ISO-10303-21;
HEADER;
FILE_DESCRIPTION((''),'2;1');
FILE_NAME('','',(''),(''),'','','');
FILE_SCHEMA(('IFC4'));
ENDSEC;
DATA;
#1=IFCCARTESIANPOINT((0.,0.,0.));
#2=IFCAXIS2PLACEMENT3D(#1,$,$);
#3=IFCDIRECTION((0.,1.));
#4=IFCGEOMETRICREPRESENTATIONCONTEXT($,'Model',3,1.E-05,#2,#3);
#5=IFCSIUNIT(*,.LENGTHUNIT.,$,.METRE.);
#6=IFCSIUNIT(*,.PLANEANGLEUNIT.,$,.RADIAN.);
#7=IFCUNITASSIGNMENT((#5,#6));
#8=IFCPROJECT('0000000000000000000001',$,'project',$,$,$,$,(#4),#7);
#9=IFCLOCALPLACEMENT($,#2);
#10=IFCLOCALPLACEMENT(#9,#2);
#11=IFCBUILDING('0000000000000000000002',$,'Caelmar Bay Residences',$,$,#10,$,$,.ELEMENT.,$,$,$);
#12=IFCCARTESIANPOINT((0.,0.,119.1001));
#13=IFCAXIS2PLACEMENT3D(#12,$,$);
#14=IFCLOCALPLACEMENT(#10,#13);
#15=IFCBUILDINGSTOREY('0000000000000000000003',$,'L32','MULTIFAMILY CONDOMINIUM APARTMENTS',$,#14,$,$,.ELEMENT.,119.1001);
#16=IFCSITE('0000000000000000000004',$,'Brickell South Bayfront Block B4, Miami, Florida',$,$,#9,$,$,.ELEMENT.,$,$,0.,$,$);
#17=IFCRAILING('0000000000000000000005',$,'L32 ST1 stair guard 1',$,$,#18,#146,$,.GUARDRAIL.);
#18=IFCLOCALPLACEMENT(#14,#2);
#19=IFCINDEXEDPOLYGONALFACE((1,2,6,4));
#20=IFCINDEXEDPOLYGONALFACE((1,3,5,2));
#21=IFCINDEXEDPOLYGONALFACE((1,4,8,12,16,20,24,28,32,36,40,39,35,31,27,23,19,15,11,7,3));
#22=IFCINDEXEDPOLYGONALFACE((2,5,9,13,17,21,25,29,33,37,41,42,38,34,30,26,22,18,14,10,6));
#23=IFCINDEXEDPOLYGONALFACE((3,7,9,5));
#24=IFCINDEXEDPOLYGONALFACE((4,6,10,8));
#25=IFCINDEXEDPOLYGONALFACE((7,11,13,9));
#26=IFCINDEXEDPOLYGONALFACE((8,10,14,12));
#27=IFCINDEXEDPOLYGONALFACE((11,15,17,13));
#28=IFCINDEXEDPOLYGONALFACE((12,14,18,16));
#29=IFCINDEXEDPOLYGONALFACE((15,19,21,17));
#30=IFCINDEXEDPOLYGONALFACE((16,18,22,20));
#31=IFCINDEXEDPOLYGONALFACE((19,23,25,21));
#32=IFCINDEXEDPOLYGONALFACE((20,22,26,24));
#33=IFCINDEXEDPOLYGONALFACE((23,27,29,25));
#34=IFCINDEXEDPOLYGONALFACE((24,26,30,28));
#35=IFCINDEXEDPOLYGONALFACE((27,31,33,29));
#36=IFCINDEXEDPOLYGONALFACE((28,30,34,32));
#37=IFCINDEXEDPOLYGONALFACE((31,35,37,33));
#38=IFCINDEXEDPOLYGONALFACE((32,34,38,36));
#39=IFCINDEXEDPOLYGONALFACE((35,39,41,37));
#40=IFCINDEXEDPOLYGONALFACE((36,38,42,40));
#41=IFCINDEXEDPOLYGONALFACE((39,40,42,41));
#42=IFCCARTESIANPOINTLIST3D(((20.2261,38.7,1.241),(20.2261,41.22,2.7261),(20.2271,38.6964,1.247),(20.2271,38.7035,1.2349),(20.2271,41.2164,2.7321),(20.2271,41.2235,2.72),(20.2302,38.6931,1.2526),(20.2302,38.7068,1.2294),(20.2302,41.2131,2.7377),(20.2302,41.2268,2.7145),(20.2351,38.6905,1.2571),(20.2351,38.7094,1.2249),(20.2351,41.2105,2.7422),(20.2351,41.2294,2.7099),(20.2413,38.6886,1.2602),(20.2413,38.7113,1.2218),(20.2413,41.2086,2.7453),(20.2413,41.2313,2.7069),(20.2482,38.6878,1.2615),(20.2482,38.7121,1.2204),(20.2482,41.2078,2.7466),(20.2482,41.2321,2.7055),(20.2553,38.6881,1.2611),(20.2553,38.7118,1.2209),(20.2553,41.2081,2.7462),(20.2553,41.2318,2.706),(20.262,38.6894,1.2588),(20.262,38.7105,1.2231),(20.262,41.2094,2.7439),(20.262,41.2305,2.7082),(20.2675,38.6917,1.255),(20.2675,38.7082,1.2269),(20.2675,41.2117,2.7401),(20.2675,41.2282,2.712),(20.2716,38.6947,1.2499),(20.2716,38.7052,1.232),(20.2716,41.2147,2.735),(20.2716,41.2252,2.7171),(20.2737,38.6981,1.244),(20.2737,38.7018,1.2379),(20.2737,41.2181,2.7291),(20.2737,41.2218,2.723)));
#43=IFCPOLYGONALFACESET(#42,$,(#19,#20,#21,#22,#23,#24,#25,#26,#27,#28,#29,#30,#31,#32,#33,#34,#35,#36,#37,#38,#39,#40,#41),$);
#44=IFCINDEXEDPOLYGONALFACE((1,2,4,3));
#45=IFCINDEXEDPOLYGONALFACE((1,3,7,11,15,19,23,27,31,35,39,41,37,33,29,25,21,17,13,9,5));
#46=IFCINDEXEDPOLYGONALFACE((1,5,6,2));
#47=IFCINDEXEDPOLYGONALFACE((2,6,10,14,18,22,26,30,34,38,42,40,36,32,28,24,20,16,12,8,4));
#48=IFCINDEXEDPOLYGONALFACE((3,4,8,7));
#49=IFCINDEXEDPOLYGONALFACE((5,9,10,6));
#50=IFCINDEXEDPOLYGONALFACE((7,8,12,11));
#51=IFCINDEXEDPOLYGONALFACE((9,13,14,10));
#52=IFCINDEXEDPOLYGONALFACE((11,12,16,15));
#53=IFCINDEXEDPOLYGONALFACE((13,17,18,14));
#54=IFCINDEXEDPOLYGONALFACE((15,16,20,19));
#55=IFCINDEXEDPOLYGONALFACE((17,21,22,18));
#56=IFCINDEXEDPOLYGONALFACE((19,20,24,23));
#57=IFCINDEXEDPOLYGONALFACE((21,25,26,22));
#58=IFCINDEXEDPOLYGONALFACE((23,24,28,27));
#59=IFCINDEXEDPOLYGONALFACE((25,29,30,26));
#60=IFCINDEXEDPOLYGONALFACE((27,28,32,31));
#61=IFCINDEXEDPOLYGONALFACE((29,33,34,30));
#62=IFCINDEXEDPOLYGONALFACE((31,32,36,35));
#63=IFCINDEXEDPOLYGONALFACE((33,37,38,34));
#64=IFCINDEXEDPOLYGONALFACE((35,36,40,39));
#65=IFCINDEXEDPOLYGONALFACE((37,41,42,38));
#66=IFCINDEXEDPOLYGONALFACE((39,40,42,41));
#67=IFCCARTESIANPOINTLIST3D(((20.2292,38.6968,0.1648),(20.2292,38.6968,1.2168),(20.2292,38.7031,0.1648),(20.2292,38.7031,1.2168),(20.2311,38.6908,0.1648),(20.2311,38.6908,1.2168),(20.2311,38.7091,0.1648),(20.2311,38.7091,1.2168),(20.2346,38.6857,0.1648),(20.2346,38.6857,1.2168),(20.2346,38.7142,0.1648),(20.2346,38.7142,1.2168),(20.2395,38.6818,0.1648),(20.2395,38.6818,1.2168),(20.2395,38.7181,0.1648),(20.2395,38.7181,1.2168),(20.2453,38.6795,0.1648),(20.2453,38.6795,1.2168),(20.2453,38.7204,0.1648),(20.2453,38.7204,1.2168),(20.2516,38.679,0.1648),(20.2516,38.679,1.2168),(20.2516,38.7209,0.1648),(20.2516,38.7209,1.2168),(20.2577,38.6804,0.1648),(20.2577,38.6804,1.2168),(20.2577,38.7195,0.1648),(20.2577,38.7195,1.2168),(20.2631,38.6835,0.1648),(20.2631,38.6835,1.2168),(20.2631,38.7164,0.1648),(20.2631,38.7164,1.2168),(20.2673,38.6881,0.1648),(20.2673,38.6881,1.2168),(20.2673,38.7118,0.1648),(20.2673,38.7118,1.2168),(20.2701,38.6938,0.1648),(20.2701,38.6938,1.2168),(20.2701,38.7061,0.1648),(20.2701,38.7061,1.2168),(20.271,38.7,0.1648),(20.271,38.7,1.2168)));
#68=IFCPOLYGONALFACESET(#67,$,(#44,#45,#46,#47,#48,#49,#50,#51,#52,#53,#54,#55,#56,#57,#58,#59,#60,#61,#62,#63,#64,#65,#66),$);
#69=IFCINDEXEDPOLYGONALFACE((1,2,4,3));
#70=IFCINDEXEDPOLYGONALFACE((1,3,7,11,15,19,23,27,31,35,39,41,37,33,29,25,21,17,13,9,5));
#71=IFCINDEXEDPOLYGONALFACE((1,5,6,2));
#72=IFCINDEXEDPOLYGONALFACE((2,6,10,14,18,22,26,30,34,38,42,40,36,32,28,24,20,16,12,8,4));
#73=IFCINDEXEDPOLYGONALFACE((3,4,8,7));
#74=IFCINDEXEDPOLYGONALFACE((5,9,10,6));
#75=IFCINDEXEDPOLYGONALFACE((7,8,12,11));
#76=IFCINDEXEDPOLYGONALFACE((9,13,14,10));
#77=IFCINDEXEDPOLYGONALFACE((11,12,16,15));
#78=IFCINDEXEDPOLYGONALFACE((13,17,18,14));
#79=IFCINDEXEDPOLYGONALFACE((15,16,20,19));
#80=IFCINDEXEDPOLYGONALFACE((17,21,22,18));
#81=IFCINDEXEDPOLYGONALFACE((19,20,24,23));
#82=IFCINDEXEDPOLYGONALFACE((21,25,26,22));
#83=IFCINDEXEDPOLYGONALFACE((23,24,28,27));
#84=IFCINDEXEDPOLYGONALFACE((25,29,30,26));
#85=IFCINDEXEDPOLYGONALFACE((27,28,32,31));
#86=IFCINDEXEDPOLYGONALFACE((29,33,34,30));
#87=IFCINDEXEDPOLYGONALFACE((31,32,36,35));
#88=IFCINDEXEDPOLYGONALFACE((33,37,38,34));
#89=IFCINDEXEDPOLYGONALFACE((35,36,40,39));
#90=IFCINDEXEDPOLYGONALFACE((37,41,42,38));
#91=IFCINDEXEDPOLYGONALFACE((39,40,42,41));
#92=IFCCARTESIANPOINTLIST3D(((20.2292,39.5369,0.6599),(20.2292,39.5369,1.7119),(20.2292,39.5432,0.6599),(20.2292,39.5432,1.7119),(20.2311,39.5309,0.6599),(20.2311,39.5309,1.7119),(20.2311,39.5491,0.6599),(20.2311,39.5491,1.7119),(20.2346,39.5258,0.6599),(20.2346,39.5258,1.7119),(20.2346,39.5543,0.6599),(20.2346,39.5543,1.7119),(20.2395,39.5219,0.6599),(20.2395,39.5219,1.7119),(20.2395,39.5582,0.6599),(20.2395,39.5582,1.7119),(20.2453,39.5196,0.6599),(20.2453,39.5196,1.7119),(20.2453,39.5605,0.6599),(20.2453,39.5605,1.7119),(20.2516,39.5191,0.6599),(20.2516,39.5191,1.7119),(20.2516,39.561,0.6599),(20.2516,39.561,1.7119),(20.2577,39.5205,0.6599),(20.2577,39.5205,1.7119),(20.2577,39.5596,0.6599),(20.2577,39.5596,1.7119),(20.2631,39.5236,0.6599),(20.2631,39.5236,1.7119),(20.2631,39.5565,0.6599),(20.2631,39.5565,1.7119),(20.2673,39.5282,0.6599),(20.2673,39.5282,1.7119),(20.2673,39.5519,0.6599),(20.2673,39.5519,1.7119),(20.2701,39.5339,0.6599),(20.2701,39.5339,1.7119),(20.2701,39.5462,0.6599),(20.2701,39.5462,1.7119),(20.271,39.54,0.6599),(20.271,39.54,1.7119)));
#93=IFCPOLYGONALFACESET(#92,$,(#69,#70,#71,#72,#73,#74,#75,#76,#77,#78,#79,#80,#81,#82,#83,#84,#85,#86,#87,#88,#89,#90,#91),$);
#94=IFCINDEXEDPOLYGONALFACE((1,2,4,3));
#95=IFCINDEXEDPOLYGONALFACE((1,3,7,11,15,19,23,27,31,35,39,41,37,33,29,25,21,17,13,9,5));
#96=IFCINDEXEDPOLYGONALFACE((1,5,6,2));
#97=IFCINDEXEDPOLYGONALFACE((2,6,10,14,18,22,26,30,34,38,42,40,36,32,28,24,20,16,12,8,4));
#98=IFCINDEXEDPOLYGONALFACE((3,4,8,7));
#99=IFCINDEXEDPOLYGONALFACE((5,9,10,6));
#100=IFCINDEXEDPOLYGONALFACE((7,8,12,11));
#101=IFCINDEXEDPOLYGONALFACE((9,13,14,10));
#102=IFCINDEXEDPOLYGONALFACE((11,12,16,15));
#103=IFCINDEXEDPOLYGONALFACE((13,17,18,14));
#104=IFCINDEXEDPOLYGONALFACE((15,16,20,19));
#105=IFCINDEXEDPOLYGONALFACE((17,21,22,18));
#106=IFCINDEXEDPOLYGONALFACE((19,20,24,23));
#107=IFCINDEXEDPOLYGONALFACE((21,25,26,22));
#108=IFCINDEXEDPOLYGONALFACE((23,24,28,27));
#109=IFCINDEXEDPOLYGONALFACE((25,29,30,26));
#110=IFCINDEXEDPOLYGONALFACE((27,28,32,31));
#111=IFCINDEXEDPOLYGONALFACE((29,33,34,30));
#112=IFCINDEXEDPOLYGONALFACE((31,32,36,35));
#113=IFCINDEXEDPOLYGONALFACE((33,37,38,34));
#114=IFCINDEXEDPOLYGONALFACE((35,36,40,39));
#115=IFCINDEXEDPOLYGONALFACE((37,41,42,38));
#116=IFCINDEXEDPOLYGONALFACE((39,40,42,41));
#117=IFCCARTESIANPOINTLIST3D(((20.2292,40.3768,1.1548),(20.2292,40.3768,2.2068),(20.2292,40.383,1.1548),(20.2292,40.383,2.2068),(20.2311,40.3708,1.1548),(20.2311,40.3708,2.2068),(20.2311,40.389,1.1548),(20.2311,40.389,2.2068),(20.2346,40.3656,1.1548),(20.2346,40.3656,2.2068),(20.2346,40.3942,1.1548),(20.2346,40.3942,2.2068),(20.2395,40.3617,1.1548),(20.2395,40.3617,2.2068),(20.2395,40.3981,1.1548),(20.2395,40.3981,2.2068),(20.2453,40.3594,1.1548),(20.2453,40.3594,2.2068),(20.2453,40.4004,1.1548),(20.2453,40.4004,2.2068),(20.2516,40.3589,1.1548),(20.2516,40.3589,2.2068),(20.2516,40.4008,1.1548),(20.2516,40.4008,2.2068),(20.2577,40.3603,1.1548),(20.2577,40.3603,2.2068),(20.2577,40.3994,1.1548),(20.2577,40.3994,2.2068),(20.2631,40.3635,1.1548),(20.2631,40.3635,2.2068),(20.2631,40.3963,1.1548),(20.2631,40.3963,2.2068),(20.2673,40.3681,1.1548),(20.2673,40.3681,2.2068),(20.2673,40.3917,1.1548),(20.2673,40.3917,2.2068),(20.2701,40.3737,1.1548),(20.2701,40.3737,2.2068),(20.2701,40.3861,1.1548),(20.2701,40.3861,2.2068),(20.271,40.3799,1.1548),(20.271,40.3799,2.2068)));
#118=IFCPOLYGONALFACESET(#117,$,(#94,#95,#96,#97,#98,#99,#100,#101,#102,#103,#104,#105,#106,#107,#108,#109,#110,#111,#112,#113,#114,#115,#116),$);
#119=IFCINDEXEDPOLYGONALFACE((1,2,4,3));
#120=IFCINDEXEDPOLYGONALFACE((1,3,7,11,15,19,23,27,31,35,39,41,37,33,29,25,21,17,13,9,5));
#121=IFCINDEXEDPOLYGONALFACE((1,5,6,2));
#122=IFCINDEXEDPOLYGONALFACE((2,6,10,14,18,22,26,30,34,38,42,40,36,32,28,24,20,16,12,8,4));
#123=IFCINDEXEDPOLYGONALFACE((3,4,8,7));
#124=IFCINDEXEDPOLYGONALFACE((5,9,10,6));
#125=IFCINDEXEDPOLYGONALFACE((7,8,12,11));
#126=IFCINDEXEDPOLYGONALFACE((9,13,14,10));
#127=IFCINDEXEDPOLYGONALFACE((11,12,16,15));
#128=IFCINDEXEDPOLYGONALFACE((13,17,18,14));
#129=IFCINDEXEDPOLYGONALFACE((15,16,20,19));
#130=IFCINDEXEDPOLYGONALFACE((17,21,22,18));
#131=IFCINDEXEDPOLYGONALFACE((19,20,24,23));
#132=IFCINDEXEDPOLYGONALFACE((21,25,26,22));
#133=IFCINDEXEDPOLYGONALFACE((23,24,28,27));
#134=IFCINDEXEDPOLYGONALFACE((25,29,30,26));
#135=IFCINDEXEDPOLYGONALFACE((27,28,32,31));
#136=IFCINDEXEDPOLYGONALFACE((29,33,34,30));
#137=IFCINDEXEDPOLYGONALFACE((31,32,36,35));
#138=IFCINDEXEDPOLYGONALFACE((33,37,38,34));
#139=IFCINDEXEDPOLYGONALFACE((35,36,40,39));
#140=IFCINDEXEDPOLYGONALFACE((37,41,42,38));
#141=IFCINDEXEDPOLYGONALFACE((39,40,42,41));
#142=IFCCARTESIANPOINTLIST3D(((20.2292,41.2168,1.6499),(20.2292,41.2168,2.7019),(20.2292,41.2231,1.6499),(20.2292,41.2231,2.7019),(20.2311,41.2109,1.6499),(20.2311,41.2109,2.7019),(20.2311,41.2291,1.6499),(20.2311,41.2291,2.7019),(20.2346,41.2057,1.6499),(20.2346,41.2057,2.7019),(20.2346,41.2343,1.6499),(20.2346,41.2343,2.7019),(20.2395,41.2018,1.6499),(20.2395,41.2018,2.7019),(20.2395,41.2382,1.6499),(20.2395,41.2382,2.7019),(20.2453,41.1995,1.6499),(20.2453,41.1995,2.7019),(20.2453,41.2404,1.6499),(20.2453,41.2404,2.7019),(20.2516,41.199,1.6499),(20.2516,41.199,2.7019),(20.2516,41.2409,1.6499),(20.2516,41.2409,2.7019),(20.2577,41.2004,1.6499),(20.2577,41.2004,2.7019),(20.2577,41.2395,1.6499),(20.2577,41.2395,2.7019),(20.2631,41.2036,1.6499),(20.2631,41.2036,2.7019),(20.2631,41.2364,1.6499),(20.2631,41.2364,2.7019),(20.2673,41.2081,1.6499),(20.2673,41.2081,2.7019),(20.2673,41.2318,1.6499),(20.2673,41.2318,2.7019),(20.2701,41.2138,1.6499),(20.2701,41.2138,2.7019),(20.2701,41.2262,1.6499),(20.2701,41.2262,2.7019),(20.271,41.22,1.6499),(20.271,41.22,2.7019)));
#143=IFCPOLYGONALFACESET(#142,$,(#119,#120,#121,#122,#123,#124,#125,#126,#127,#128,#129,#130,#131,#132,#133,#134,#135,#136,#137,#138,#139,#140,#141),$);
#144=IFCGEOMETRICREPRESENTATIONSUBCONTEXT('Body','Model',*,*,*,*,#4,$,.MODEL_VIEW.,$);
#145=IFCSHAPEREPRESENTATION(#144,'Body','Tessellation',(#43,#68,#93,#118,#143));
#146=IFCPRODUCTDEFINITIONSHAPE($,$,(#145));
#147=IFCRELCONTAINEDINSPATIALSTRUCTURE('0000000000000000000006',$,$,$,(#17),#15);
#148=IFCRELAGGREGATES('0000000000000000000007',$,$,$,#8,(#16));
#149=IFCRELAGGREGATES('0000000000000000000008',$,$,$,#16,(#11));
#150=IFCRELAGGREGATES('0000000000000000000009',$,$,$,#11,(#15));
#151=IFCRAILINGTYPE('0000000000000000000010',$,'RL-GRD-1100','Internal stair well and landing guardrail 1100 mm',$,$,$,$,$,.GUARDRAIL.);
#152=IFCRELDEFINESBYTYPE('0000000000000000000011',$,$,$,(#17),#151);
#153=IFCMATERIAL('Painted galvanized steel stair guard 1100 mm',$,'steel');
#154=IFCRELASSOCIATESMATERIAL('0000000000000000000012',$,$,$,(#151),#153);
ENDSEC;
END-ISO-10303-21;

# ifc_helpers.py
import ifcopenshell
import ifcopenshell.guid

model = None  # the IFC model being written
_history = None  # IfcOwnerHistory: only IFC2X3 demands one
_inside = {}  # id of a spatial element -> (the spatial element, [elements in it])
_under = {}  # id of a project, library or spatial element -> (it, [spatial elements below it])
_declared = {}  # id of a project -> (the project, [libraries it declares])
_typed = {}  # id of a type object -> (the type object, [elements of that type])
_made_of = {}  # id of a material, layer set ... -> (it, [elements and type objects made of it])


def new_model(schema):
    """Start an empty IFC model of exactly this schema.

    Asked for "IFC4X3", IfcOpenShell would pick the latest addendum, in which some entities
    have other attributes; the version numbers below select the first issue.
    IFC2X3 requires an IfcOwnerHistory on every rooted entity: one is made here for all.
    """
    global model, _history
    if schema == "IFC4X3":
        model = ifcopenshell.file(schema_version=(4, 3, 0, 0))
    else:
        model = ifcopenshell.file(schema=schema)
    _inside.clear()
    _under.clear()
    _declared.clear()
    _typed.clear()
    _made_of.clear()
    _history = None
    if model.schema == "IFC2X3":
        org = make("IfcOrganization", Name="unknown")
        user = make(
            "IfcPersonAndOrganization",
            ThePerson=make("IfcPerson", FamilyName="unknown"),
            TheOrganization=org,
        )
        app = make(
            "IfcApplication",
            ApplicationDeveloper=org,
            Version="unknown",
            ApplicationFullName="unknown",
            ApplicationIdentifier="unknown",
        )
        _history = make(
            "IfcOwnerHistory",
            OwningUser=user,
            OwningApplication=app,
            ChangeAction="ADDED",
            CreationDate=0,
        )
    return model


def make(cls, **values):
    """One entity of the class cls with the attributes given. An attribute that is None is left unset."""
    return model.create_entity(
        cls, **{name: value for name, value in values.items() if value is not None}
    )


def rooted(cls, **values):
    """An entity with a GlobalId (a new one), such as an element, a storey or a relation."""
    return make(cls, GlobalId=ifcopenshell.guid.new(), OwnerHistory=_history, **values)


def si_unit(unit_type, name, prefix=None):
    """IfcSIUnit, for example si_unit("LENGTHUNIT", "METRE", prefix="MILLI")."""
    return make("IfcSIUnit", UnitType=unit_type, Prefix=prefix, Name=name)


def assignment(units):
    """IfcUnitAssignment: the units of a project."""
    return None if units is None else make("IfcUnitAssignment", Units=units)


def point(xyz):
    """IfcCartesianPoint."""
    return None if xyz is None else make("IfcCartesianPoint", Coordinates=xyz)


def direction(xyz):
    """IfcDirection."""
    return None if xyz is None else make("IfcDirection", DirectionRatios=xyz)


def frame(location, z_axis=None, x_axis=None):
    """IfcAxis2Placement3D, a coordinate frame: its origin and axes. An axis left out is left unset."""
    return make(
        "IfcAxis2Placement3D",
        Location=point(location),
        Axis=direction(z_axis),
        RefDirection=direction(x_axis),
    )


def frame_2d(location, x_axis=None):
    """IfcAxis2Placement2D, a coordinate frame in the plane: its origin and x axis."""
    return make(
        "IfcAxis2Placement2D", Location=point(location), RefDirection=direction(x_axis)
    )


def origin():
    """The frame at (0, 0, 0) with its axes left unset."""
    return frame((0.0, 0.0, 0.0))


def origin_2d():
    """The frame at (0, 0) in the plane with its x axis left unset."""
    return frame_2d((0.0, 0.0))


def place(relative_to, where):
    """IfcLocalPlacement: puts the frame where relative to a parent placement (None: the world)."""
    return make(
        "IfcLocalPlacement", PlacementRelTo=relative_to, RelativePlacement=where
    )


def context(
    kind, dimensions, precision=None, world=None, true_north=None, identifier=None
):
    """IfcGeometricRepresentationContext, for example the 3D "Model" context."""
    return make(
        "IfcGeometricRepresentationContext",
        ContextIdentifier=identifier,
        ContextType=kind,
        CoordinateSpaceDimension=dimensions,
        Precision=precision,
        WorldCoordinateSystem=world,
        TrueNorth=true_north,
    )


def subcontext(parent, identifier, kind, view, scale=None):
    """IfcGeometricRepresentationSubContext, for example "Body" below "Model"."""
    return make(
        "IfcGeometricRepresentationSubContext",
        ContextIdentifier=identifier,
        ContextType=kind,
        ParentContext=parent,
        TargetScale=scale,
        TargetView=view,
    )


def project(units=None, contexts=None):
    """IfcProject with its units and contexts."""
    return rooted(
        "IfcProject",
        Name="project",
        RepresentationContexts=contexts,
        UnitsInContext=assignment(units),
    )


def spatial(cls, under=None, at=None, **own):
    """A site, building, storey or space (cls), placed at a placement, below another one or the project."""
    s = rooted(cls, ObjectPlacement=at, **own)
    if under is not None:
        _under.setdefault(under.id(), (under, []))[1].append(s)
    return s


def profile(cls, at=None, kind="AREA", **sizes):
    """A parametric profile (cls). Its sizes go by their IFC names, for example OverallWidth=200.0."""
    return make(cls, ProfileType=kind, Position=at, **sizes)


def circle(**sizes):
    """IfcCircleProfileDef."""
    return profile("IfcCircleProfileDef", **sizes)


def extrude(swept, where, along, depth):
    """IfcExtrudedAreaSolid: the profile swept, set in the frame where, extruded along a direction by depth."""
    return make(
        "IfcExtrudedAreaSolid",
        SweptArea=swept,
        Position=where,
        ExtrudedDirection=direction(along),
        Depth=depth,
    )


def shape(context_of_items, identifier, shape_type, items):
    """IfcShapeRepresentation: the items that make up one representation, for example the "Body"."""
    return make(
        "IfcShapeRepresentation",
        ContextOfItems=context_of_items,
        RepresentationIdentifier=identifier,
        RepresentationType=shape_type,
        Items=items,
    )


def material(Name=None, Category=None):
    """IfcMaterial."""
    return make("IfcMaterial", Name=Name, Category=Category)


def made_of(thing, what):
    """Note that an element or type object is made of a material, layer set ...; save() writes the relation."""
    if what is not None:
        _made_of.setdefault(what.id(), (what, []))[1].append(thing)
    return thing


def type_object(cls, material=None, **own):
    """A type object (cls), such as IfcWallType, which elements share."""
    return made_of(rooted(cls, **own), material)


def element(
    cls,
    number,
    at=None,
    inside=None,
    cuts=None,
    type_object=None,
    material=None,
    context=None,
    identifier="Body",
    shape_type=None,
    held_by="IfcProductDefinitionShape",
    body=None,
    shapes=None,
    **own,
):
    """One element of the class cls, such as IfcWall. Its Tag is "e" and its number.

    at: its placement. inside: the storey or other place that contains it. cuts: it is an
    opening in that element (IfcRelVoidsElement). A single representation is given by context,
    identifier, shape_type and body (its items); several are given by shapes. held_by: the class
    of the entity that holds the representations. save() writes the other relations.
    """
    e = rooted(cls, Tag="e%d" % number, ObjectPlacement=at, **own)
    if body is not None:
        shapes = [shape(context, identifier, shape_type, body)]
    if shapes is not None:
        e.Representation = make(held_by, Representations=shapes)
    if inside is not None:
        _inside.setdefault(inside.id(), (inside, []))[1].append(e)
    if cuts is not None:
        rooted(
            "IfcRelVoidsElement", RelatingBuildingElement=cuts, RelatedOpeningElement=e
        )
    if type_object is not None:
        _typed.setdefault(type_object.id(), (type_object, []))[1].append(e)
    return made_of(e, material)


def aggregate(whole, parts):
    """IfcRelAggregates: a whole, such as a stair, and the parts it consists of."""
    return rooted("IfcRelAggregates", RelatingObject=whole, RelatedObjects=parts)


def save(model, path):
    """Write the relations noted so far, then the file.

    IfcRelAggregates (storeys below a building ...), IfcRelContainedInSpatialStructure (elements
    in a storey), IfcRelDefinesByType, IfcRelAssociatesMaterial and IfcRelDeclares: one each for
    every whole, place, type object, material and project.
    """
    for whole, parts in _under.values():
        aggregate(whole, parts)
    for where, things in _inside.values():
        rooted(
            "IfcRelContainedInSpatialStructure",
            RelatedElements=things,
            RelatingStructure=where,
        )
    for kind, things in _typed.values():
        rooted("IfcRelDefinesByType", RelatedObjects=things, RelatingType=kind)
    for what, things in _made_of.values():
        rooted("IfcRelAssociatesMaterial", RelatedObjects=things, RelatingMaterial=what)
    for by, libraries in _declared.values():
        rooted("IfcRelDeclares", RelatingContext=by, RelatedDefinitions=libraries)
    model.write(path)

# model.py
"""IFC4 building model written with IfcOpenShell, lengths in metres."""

from ifc_helpers import new_model, si_unit, direction, frame, origin, origin_2d, place, context, subcontext, project, spatial, circle, extrude, material, type_object, element, save


model = new_model("IFC4")

# Units and contexts
model_context = context("Model", 3, precision=1e-05, world=origin(), true_north=direction((0.0, 1.0)))
body_context = subcontext(model_context, "Body", "Model", "MODEL_VIEW")
ifc_project = project(units=[si_unit("LENGTHUNIT", "METRE"), si_unit("PLANEANGLEUNIT", "RADIAN")], contexts=[model_context])

# Site, building, storey
site_placement = place(None, origin())
site = spatial("IfcSite", under=ifc_project, at=site_placement, Name="Brickell South Bayfront Block B4, Miami, Florida", CompositionType="ELEMENT", RefElevation=0.0)
building_placement = place(site_placement, origin())
building = spatial("IfcBuilding", under=site, at=building_placement, Name="Caelmar Bay Residences", CompositionType="ELEMENT")
storey_placement = place(building_placement, frame((0.0, 0.0, 119.1001)))
storey = spatial("IfcBuildingStorey", under=building, at=storey_placement, Name="L32", Description="MULTIFAMILY CONDOMINIUM APARTMENTS", CompositionType="ELEMENT", Elevation=119.1001)

# Railing
ifc_material_1 = material(Name="Painted galvanized steel stair guard 1100 mm", Category="steel")
railing_type_1 = type_object("IfcRailingType", Name="RL-GRD-1100", Description="Internal stair well and landing guardrail 1100 mm", PredefinedType="GUARDRAIL", material=ifc_material_1)
railing_1_placement = place(storey_placement, frame((20.25, 38.7, 0.1648)))
element("IfcRailing", 1, at=railing_1_placement, inside=storey, type_object=railing_type_1, Name="L32 ST1 stair guard 1", PredefinedType="GUARDRAIL", context=body_context, shape_type="SweptSolid", body=[
    extrude(circle(Radius=0.0239, at=origin_2d()), frame((0.0, 0.0, 1.0762), z_axis=(0.0, 0.861524, 0.507717), x_axis=(-1.0, 0.0, 0.0)), (0.0, 0.0, 1.0), 2.925),
    extrude(circle(Radius=0.021, at=origin_2d()), origin(), (0.0, 0.0, 1.0), 1.052),
    extrude(circle(Radius=0.021, at=origin_2d()), frame((0.0, 0.8401, 0.4951)), (0.0, 0.0, 1.0), 1.052),
    extrude(circle(Radius=0.021, at=origin_2d()), frame((0.0, 1.6799, 0.99)), (0.0, 0.0, 1.0), 1.052),
    extrude(circle(Radius=0.021, at=origin_2d()), frame((0.0, 2.52, 1.4851)), (0.0, 0.0, 1.0), 1.052),
])

save(model, "model.ifc")
